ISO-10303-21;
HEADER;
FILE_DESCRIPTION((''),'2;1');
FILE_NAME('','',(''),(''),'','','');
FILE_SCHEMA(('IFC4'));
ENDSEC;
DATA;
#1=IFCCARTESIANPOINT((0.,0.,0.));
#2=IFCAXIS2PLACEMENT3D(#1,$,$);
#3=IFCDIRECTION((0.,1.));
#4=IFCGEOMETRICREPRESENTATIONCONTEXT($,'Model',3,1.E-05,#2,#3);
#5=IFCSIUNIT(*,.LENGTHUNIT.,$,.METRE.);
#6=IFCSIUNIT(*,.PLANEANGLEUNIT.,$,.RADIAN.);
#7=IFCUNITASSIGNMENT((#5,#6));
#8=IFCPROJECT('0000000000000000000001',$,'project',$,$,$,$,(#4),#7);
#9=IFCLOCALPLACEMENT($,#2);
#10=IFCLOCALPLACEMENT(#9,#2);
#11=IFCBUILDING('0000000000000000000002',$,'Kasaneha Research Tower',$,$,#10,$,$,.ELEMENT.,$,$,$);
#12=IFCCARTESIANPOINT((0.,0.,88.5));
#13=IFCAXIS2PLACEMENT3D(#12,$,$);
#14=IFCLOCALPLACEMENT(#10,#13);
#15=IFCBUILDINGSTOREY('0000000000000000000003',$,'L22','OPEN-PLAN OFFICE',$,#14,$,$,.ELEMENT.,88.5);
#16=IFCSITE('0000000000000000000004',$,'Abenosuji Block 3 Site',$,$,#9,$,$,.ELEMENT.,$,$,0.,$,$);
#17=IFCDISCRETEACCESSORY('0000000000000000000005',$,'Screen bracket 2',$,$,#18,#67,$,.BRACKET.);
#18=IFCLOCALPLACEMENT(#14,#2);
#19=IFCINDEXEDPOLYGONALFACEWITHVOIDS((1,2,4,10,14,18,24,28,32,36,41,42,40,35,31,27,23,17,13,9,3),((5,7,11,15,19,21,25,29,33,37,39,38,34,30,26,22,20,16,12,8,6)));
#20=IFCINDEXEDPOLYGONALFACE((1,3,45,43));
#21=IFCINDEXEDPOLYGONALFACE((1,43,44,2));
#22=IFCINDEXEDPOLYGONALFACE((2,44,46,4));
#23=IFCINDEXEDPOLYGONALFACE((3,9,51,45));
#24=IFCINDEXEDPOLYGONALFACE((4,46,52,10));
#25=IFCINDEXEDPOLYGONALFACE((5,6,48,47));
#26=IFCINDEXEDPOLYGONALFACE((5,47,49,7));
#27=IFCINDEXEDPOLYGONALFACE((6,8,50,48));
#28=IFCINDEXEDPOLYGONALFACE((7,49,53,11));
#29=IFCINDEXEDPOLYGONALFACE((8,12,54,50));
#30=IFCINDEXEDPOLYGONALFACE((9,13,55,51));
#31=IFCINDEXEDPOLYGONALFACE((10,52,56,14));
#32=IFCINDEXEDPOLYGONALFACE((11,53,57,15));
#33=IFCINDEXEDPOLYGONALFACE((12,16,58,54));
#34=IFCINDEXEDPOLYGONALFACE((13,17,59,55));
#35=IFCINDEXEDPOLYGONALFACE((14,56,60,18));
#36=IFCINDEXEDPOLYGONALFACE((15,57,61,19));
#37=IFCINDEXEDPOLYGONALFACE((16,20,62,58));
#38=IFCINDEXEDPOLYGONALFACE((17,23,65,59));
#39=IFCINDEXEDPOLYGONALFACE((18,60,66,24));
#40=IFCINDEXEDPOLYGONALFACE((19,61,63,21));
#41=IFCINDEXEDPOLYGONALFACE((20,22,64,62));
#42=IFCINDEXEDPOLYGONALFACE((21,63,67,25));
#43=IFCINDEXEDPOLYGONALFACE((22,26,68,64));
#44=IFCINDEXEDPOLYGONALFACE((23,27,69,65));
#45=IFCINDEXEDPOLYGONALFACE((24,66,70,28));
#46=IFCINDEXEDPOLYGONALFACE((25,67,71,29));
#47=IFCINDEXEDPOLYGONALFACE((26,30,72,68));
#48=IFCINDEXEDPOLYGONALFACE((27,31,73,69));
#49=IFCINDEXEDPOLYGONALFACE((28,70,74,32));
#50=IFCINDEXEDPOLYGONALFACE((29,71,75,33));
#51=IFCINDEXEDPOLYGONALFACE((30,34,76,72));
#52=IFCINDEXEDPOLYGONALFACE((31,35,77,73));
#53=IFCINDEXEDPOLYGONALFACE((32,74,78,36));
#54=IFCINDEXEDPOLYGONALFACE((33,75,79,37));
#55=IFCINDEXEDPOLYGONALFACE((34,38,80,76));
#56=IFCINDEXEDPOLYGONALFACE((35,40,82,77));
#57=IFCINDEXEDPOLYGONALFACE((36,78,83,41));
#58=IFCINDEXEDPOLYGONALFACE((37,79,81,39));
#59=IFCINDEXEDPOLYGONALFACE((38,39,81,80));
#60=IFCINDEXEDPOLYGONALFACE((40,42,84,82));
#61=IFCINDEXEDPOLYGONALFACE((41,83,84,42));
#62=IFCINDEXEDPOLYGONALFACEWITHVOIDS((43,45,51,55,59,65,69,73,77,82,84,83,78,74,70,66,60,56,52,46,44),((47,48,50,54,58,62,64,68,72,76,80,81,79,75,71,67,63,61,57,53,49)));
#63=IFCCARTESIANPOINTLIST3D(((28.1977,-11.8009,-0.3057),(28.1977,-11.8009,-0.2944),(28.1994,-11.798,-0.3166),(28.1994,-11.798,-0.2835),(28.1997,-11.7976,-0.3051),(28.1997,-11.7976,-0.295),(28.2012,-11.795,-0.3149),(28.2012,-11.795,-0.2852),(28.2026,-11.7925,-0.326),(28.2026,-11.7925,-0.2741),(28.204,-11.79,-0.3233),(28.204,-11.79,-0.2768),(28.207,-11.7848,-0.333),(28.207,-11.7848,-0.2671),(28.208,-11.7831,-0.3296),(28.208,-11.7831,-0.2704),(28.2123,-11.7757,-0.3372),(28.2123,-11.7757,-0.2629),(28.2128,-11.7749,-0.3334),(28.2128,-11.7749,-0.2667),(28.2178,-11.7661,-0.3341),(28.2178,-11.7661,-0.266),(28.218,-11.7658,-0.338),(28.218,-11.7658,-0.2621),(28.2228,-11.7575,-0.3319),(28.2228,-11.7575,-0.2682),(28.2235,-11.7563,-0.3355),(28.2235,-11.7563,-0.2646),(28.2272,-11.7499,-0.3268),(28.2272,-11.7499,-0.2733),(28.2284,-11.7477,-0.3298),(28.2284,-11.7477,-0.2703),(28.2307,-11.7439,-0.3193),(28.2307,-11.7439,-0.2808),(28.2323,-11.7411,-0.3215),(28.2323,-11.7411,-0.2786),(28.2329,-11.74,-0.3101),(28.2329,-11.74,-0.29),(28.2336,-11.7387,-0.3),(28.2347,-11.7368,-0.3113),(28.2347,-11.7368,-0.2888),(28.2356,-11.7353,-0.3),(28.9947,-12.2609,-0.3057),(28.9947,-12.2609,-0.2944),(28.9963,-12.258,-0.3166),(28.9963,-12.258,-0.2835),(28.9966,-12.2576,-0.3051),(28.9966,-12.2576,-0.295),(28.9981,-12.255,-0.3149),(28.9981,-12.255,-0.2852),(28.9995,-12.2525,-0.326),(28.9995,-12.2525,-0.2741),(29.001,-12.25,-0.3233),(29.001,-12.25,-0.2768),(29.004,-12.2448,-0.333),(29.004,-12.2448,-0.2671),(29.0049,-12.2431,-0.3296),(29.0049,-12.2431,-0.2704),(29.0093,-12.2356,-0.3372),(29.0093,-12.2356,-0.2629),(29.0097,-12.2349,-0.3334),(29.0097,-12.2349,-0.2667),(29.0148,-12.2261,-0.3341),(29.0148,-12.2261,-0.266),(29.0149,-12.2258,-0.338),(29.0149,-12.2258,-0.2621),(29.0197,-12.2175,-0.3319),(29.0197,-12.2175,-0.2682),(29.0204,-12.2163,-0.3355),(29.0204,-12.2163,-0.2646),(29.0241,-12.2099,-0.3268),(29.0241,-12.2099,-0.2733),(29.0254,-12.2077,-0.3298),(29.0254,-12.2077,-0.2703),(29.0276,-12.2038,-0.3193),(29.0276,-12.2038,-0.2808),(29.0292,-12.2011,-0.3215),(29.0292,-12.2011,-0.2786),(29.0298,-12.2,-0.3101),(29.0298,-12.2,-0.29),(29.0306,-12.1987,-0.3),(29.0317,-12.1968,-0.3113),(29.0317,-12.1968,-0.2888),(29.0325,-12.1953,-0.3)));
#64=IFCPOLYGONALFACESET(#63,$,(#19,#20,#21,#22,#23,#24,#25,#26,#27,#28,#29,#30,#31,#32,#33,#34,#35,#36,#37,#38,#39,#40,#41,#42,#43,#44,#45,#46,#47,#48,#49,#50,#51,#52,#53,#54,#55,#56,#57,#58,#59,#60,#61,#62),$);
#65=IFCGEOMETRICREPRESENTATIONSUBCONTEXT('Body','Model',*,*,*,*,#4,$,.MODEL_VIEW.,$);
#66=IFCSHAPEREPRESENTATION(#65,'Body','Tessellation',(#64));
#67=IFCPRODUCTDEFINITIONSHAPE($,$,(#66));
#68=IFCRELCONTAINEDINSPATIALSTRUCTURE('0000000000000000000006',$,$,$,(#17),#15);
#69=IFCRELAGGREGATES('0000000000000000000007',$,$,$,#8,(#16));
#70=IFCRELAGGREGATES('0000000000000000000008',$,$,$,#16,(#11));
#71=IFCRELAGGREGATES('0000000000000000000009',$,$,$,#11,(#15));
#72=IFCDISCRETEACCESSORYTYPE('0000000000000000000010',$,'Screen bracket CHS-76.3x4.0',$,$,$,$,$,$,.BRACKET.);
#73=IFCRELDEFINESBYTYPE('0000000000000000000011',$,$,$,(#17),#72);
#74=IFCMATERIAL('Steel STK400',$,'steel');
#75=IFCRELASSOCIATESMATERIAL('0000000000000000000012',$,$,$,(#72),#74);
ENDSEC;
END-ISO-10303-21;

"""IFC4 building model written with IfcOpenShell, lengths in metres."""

from ifc_helpers import new_model, si_unit, direction, frame, origin, origin_2d, place, context, subcontext, project, spatial, hollow_circle, extrude, material, material_profile, profile_set, type_object, element, save


model = new_model("IFC4")

# Units and contexts
model_context = context("Model", 3, precision=1e-05, world=origin(), true_north=direction((0.0, 1.0)))
body_context = subcontext(model_context, "Body", "Model", "MODEL_VIEW")
ifc_project = project(units=[si_unit("LENGTHUNIT", "METRE"), si_unit("PLANEANGLEUNIT", "RADIAN")], contexts=[model_context])

# Site, building, storey
site_placement = place(None, origin())
site = spatial("IfcSite", under=ifc_project, at=site_placement, Name="Abenosuji Block 3 Site", CompositionType="ELEMENT", RefElevation=0.0)
building_placement = place(site_placement, origin())
building = spatial("IfcBuilding", under=site, at=building_placement, Name="Kasaneha Research Tower", CompositionType="ELEMENT")
storey_placement = place(building_placement, frame((0.0, 0.0, 88.5)))
storey = spatial("IfcBuildingStorey", under=building, at=storey_placement, Name="L22", Description="OPEN-PLAN OFFICE", CompositionType="ELEMENT", Elevation=88.5)

# Discrete accessory
ifc_material_1 = material(Name="Steel STK400", Category="steel")
ifc_material_profile_1 = material_profile(ifc_material_1, hollow_circle(Radius=0.0381, WallThickness=0.0039, at=origin_2d()), Name="CHS-76.3x4.0")
ifc_profile_set_1 = profile_set([ifc_material_profile_1], Name="Steel STK400")
discrete_accessory_type = type_object("IfcDiscreteAccessoryType", Name="Screen bracket CHS-76.3x4.0", PredefinedType="BRACKET", material=ifc_profile_set_1)
for number, where, z_axis, x_axis, name in (
    (1, (28.2166, -11.7683, -0.3), (0.86608, -0.499906, 0.0), (0.499906, 0.86608, 0.0), "Screen bracket 2"),
):
    element("IfcDiscreteAccessory", number, at=place(storey_placement, frame(where, z_axis=z_axis, x_axis=x_axis)), inside=storey, type_object=discrete_accessory_type, Name=name, PredefinedType="BRACKET", context=body_context, shape_type="SweptSolid", body=[
        extrude(hollow_circle(Radius=0.0381, WallThickness=0.0039, at=origin_2d()), origin(), (0.0, 0.0, 1.0), 0.9202),
    ])

save(model, "model.ifc")
